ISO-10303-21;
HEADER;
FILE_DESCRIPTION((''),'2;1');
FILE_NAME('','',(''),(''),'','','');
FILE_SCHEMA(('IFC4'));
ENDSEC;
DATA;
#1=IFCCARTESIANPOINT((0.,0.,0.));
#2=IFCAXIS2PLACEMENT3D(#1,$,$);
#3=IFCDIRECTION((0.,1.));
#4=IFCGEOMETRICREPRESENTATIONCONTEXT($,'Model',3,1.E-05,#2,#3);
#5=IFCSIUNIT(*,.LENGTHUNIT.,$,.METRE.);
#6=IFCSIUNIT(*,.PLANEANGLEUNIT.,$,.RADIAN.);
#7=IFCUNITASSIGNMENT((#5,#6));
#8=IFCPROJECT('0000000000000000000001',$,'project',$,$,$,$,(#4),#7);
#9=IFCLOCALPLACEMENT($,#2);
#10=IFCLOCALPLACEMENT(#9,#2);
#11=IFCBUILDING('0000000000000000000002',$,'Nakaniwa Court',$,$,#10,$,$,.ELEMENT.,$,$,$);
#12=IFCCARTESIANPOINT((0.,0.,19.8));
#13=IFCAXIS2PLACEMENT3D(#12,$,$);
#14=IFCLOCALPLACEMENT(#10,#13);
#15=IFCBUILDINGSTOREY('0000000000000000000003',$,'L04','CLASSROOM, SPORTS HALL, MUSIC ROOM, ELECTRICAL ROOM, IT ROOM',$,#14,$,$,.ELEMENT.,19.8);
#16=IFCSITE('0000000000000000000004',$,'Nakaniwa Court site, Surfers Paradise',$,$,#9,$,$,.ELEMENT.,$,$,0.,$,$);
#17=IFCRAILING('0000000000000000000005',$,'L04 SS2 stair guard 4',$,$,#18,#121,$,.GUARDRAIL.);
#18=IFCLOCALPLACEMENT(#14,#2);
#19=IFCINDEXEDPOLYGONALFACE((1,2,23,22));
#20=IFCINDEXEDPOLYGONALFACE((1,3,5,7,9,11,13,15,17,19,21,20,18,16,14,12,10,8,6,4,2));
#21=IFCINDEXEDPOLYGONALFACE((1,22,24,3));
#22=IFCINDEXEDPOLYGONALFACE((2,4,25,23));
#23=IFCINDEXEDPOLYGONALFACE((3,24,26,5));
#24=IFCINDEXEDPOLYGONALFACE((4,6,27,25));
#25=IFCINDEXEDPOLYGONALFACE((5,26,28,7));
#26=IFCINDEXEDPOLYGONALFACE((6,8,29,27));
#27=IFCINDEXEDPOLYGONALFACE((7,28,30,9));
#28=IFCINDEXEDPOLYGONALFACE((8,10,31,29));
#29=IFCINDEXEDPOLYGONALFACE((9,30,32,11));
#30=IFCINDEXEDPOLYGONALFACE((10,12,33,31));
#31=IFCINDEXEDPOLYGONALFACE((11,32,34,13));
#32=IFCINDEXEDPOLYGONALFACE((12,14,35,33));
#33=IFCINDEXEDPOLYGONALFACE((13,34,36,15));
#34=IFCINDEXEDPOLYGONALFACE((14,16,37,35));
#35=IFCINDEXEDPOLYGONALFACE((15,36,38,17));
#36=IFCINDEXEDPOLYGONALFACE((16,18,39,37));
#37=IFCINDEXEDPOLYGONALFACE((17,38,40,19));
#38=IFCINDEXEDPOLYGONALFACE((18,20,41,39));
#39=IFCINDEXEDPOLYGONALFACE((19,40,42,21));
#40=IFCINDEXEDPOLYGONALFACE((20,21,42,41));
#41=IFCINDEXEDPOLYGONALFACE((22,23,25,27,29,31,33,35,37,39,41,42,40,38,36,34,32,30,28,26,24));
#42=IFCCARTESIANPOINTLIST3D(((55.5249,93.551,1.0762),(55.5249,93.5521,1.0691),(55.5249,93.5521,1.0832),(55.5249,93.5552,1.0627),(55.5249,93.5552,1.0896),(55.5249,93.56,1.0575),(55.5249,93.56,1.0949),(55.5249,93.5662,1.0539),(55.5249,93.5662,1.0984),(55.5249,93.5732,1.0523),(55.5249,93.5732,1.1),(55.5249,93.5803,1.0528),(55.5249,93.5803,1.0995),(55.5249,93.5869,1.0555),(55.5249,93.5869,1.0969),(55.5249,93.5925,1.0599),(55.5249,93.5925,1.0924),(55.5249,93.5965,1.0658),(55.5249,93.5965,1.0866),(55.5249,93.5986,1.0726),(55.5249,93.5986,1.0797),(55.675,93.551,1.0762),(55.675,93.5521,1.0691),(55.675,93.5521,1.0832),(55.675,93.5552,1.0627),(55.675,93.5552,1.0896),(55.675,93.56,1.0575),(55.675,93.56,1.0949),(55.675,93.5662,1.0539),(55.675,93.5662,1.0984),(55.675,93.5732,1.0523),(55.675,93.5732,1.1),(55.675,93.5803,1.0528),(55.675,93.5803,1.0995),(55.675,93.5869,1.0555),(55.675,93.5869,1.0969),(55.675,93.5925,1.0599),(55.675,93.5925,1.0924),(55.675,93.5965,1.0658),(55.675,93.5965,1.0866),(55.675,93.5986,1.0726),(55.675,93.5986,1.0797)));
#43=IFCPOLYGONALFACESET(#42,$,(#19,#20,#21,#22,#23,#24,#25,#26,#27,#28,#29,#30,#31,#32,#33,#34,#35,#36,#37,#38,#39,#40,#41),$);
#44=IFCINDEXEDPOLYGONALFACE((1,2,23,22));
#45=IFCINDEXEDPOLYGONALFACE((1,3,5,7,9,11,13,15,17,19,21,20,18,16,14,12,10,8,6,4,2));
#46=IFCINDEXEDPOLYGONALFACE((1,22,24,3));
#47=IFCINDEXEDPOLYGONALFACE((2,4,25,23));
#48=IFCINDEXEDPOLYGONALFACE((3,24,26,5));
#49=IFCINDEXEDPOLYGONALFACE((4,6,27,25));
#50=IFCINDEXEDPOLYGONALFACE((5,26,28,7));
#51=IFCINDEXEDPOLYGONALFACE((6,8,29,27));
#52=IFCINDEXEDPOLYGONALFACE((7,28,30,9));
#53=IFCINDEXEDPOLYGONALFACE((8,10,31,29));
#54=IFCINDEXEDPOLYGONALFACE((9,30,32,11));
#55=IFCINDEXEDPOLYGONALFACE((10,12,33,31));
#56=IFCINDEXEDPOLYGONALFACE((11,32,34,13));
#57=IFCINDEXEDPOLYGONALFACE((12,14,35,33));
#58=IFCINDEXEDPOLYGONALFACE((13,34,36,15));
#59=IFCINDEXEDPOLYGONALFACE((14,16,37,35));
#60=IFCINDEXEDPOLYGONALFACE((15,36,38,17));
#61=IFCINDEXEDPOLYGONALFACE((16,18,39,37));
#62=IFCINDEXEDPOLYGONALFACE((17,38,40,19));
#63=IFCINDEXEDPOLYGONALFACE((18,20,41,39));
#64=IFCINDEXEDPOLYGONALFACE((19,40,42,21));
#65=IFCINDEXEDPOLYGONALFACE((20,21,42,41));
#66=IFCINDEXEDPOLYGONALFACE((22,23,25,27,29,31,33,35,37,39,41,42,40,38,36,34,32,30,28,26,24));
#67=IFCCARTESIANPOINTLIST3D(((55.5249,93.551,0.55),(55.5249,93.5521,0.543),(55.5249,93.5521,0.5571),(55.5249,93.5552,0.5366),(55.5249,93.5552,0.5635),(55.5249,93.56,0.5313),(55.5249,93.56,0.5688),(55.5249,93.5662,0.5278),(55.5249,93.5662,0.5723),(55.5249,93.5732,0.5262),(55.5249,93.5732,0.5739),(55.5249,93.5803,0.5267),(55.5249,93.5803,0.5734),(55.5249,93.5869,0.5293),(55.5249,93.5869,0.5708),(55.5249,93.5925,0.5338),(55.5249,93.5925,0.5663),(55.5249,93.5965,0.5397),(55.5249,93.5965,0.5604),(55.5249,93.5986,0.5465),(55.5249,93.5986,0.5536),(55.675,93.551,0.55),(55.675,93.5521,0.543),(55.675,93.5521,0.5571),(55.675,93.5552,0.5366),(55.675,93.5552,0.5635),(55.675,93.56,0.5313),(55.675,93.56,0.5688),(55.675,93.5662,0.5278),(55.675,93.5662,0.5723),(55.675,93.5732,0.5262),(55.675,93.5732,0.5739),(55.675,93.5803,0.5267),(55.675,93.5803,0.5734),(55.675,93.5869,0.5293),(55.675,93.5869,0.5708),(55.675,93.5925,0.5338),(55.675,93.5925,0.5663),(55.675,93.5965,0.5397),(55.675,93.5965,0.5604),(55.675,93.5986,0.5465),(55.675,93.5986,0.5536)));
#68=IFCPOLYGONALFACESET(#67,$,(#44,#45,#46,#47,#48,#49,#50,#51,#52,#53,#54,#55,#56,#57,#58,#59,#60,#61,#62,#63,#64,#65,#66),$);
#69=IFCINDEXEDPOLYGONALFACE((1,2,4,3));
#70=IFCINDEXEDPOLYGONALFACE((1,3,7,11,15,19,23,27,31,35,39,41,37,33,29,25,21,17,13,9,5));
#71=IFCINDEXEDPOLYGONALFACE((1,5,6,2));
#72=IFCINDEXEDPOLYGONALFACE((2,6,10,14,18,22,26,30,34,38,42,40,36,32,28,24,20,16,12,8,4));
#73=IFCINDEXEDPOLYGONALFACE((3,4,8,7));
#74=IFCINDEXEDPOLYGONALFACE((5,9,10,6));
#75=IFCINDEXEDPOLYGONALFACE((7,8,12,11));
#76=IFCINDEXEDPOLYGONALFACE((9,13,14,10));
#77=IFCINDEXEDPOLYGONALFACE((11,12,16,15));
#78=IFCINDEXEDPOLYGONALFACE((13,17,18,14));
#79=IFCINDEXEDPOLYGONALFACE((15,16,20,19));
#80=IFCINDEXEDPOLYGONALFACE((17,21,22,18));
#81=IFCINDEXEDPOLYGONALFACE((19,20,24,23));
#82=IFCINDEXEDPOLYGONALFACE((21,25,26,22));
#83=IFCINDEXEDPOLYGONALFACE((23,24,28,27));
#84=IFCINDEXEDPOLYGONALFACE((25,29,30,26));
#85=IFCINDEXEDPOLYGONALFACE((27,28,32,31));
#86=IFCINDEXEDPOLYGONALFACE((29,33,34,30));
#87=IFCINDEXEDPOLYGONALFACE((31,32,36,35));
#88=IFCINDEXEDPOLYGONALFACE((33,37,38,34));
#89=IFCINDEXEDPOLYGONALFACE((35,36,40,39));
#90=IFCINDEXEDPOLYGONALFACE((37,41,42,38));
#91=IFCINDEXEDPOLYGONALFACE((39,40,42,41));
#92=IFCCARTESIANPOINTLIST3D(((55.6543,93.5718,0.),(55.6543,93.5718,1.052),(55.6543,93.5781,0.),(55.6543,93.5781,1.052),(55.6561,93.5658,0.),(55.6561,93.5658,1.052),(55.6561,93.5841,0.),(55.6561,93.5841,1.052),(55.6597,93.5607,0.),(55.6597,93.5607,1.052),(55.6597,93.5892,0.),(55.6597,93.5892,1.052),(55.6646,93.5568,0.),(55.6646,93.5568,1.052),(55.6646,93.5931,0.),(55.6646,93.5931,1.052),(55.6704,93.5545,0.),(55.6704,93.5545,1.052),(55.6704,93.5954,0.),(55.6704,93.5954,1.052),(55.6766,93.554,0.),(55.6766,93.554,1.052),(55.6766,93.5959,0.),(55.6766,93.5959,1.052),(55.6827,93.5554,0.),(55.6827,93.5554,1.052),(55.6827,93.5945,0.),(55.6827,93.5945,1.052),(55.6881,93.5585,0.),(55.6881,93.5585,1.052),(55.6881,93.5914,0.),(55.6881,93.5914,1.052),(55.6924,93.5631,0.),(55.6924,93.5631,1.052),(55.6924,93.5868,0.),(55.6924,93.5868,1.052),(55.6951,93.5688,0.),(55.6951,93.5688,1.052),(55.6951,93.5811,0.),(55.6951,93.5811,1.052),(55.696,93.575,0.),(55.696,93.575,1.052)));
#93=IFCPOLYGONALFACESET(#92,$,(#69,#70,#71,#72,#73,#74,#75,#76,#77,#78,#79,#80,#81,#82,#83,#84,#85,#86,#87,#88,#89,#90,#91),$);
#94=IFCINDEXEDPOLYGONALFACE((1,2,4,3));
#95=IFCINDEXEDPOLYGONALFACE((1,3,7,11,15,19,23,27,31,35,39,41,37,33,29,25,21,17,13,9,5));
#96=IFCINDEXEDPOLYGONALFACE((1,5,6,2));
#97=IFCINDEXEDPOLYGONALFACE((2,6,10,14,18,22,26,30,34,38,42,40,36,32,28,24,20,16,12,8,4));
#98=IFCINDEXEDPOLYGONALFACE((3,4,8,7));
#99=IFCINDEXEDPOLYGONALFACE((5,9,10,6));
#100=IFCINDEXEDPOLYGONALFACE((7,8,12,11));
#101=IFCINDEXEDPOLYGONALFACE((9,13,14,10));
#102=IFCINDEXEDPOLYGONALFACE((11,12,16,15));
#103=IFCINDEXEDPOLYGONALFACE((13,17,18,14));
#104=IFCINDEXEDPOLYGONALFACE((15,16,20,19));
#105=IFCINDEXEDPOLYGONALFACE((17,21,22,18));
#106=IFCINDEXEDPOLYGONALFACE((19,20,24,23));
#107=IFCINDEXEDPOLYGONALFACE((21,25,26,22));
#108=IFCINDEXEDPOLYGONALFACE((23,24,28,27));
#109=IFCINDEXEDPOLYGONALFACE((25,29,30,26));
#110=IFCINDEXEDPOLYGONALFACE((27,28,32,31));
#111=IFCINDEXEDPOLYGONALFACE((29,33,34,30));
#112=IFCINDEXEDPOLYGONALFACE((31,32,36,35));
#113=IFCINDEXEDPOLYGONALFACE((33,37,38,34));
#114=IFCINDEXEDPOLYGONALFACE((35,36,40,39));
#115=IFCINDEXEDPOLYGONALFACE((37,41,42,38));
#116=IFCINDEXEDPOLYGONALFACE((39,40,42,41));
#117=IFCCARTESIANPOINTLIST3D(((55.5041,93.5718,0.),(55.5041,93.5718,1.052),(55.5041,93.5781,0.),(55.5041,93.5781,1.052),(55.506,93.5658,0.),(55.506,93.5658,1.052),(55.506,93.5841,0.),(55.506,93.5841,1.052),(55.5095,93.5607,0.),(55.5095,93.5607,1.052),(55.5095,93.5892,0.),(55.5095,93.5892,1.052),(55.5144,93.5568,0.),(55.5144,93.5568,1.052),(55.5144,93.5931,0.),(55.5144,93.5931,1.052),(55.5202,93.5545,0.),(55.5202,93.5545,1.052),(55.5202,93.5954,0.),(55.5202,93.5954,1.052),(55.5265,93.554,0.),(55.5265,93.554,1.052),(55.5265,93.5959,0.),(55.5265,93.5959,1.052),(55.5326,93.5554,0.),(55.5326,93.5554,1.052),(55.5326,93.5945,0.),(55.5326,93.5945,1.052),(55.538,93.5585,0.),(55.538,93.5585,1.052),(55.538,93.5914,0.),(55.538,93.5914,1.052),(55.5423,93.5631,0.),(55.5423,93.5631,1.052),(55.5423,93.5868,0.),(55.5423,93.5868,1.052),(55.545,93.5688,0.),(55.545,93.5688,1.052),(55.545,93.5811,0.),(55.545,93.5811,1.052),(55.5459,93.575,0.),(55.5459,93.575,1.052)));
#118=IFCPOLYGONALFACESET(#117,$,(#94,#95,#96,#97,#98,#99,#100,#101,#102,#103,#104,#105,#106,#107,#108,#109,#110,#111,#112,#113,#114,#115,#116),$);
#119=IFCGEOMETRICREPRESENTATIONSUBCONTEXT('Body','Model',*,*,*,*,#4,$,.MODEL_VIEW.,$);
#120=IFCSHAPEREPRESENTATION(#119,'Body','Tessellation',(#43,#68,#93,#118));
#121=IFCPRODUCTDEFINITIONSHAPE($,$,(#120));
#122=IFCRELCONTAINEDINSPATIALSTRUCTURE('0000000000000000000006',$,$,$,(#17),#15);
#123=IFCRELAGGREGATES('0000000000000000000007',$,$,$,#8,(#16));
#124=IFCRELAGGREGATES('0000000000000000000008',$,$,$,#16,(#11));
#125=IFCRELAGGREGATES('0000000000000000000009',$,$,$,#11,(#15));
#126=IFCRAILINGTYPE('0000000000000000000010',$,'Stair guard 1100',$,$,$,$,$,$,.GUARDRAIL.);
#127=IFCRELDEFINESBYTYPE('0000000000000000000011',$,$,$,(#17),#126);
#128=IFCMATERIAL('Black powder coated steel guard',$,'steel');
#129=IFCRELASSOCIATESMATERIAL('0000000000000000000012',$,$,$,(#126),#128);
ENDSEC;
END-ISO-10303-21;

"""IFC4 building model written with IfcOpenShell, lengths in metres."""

from ifc_helpers import new_model, si_unit, direction, frame, origin, origin_2d, place, context, subcontext, project, spatial, circle, extrude, material, type_object, element, save


model = new_model("IFC4")

# Units and contexts
model_context = context("Model", 3, precision=1e-05, world=origin(), true_north=direction((0.0, 1.0)))
body_context = subcontext(model_context, "Body", "Model", "MODEL_VIEW")
ifc_project = project(units=[si_unit("LENGTHUNIT", "METRE"), si_unit("PLANEANGLEUNIT", "RADIAN")], contexts=[model_context])

# Site, building, storey
site_placement = place(None, origin())
site = spatial("IfcSite", under=ifc_project, at=site_placement, Name="Nakaniwa Court site, Surfers Paradise", CompositionType="ELEMENT", RefElevation=0.0)
building_placement = place(site_placement, origin())
building = spatial("IfcBuilding", under=site, at=building_placement, Name="Nakaniwa Court", CompositionType="ELEMENT")
storey_placement = place(building_placement, frame((0.0, 0.0, 19.8)))
storey = spatial("IfcBuildingStorey", under=building, at=storey_placement, Name="L04", Description="CLASSROOM, SPORTS HALL, MUSIC ROOM, ELECTRICAL ROOM, IT ROOM", CompositionType="ELEMENT", Elevation=19.8)

# Railing
ifc_material_1 = material(Name="Black powder coated steel guard", Category="steel")
railing_type_1 = type_object("IfcRailingType", Name="Stair guard 1100", PredefinedType="GUARDRAIL", material=ifc_material_1)
railing_1_placement = place(storey_placement, frame((55.675, 93.575, 0.0)))
element("IfcRailing", 1, at=railing_1_placement, inside=storey, type_object=railing_type_1, Name="L04 SS2 stair guard 4", PredefinedType="GUARDRAIL", context=body_context, shape_type="SweptSolid", body=[
    extrude(circle(Radius=0.0239, at=origin_2d()), frame((0.0, 0.0, 1.0762), z_axis=(-1.0, 0.0, 0.0), x_axis=(0.0, -1.0, 0.0)), (0.0, 0.0, 1.0), 0.1501),
    extrude(circle(Radius=0.0239, at=origin_2d()), frame((0.0, 0.0, 0.55), z_axis=(-1.0, 0.0, 0.0), x_axis=(0.0, -1.0, 0.0)), (0.0, 0.0, 1.0), 0.1501),
    extrude(circle(Radius=0.021, at=origin_2d()), origin(), (0.0, 0.0, 1.0), 1.052),
    extrude(circle(Radius=0.021, at=origin_2d()), frame((-0.1501, 0.0, 0.0)), (0.0, 0.0, 1.0), 1.052),
])

save(model, "model.ifc")
